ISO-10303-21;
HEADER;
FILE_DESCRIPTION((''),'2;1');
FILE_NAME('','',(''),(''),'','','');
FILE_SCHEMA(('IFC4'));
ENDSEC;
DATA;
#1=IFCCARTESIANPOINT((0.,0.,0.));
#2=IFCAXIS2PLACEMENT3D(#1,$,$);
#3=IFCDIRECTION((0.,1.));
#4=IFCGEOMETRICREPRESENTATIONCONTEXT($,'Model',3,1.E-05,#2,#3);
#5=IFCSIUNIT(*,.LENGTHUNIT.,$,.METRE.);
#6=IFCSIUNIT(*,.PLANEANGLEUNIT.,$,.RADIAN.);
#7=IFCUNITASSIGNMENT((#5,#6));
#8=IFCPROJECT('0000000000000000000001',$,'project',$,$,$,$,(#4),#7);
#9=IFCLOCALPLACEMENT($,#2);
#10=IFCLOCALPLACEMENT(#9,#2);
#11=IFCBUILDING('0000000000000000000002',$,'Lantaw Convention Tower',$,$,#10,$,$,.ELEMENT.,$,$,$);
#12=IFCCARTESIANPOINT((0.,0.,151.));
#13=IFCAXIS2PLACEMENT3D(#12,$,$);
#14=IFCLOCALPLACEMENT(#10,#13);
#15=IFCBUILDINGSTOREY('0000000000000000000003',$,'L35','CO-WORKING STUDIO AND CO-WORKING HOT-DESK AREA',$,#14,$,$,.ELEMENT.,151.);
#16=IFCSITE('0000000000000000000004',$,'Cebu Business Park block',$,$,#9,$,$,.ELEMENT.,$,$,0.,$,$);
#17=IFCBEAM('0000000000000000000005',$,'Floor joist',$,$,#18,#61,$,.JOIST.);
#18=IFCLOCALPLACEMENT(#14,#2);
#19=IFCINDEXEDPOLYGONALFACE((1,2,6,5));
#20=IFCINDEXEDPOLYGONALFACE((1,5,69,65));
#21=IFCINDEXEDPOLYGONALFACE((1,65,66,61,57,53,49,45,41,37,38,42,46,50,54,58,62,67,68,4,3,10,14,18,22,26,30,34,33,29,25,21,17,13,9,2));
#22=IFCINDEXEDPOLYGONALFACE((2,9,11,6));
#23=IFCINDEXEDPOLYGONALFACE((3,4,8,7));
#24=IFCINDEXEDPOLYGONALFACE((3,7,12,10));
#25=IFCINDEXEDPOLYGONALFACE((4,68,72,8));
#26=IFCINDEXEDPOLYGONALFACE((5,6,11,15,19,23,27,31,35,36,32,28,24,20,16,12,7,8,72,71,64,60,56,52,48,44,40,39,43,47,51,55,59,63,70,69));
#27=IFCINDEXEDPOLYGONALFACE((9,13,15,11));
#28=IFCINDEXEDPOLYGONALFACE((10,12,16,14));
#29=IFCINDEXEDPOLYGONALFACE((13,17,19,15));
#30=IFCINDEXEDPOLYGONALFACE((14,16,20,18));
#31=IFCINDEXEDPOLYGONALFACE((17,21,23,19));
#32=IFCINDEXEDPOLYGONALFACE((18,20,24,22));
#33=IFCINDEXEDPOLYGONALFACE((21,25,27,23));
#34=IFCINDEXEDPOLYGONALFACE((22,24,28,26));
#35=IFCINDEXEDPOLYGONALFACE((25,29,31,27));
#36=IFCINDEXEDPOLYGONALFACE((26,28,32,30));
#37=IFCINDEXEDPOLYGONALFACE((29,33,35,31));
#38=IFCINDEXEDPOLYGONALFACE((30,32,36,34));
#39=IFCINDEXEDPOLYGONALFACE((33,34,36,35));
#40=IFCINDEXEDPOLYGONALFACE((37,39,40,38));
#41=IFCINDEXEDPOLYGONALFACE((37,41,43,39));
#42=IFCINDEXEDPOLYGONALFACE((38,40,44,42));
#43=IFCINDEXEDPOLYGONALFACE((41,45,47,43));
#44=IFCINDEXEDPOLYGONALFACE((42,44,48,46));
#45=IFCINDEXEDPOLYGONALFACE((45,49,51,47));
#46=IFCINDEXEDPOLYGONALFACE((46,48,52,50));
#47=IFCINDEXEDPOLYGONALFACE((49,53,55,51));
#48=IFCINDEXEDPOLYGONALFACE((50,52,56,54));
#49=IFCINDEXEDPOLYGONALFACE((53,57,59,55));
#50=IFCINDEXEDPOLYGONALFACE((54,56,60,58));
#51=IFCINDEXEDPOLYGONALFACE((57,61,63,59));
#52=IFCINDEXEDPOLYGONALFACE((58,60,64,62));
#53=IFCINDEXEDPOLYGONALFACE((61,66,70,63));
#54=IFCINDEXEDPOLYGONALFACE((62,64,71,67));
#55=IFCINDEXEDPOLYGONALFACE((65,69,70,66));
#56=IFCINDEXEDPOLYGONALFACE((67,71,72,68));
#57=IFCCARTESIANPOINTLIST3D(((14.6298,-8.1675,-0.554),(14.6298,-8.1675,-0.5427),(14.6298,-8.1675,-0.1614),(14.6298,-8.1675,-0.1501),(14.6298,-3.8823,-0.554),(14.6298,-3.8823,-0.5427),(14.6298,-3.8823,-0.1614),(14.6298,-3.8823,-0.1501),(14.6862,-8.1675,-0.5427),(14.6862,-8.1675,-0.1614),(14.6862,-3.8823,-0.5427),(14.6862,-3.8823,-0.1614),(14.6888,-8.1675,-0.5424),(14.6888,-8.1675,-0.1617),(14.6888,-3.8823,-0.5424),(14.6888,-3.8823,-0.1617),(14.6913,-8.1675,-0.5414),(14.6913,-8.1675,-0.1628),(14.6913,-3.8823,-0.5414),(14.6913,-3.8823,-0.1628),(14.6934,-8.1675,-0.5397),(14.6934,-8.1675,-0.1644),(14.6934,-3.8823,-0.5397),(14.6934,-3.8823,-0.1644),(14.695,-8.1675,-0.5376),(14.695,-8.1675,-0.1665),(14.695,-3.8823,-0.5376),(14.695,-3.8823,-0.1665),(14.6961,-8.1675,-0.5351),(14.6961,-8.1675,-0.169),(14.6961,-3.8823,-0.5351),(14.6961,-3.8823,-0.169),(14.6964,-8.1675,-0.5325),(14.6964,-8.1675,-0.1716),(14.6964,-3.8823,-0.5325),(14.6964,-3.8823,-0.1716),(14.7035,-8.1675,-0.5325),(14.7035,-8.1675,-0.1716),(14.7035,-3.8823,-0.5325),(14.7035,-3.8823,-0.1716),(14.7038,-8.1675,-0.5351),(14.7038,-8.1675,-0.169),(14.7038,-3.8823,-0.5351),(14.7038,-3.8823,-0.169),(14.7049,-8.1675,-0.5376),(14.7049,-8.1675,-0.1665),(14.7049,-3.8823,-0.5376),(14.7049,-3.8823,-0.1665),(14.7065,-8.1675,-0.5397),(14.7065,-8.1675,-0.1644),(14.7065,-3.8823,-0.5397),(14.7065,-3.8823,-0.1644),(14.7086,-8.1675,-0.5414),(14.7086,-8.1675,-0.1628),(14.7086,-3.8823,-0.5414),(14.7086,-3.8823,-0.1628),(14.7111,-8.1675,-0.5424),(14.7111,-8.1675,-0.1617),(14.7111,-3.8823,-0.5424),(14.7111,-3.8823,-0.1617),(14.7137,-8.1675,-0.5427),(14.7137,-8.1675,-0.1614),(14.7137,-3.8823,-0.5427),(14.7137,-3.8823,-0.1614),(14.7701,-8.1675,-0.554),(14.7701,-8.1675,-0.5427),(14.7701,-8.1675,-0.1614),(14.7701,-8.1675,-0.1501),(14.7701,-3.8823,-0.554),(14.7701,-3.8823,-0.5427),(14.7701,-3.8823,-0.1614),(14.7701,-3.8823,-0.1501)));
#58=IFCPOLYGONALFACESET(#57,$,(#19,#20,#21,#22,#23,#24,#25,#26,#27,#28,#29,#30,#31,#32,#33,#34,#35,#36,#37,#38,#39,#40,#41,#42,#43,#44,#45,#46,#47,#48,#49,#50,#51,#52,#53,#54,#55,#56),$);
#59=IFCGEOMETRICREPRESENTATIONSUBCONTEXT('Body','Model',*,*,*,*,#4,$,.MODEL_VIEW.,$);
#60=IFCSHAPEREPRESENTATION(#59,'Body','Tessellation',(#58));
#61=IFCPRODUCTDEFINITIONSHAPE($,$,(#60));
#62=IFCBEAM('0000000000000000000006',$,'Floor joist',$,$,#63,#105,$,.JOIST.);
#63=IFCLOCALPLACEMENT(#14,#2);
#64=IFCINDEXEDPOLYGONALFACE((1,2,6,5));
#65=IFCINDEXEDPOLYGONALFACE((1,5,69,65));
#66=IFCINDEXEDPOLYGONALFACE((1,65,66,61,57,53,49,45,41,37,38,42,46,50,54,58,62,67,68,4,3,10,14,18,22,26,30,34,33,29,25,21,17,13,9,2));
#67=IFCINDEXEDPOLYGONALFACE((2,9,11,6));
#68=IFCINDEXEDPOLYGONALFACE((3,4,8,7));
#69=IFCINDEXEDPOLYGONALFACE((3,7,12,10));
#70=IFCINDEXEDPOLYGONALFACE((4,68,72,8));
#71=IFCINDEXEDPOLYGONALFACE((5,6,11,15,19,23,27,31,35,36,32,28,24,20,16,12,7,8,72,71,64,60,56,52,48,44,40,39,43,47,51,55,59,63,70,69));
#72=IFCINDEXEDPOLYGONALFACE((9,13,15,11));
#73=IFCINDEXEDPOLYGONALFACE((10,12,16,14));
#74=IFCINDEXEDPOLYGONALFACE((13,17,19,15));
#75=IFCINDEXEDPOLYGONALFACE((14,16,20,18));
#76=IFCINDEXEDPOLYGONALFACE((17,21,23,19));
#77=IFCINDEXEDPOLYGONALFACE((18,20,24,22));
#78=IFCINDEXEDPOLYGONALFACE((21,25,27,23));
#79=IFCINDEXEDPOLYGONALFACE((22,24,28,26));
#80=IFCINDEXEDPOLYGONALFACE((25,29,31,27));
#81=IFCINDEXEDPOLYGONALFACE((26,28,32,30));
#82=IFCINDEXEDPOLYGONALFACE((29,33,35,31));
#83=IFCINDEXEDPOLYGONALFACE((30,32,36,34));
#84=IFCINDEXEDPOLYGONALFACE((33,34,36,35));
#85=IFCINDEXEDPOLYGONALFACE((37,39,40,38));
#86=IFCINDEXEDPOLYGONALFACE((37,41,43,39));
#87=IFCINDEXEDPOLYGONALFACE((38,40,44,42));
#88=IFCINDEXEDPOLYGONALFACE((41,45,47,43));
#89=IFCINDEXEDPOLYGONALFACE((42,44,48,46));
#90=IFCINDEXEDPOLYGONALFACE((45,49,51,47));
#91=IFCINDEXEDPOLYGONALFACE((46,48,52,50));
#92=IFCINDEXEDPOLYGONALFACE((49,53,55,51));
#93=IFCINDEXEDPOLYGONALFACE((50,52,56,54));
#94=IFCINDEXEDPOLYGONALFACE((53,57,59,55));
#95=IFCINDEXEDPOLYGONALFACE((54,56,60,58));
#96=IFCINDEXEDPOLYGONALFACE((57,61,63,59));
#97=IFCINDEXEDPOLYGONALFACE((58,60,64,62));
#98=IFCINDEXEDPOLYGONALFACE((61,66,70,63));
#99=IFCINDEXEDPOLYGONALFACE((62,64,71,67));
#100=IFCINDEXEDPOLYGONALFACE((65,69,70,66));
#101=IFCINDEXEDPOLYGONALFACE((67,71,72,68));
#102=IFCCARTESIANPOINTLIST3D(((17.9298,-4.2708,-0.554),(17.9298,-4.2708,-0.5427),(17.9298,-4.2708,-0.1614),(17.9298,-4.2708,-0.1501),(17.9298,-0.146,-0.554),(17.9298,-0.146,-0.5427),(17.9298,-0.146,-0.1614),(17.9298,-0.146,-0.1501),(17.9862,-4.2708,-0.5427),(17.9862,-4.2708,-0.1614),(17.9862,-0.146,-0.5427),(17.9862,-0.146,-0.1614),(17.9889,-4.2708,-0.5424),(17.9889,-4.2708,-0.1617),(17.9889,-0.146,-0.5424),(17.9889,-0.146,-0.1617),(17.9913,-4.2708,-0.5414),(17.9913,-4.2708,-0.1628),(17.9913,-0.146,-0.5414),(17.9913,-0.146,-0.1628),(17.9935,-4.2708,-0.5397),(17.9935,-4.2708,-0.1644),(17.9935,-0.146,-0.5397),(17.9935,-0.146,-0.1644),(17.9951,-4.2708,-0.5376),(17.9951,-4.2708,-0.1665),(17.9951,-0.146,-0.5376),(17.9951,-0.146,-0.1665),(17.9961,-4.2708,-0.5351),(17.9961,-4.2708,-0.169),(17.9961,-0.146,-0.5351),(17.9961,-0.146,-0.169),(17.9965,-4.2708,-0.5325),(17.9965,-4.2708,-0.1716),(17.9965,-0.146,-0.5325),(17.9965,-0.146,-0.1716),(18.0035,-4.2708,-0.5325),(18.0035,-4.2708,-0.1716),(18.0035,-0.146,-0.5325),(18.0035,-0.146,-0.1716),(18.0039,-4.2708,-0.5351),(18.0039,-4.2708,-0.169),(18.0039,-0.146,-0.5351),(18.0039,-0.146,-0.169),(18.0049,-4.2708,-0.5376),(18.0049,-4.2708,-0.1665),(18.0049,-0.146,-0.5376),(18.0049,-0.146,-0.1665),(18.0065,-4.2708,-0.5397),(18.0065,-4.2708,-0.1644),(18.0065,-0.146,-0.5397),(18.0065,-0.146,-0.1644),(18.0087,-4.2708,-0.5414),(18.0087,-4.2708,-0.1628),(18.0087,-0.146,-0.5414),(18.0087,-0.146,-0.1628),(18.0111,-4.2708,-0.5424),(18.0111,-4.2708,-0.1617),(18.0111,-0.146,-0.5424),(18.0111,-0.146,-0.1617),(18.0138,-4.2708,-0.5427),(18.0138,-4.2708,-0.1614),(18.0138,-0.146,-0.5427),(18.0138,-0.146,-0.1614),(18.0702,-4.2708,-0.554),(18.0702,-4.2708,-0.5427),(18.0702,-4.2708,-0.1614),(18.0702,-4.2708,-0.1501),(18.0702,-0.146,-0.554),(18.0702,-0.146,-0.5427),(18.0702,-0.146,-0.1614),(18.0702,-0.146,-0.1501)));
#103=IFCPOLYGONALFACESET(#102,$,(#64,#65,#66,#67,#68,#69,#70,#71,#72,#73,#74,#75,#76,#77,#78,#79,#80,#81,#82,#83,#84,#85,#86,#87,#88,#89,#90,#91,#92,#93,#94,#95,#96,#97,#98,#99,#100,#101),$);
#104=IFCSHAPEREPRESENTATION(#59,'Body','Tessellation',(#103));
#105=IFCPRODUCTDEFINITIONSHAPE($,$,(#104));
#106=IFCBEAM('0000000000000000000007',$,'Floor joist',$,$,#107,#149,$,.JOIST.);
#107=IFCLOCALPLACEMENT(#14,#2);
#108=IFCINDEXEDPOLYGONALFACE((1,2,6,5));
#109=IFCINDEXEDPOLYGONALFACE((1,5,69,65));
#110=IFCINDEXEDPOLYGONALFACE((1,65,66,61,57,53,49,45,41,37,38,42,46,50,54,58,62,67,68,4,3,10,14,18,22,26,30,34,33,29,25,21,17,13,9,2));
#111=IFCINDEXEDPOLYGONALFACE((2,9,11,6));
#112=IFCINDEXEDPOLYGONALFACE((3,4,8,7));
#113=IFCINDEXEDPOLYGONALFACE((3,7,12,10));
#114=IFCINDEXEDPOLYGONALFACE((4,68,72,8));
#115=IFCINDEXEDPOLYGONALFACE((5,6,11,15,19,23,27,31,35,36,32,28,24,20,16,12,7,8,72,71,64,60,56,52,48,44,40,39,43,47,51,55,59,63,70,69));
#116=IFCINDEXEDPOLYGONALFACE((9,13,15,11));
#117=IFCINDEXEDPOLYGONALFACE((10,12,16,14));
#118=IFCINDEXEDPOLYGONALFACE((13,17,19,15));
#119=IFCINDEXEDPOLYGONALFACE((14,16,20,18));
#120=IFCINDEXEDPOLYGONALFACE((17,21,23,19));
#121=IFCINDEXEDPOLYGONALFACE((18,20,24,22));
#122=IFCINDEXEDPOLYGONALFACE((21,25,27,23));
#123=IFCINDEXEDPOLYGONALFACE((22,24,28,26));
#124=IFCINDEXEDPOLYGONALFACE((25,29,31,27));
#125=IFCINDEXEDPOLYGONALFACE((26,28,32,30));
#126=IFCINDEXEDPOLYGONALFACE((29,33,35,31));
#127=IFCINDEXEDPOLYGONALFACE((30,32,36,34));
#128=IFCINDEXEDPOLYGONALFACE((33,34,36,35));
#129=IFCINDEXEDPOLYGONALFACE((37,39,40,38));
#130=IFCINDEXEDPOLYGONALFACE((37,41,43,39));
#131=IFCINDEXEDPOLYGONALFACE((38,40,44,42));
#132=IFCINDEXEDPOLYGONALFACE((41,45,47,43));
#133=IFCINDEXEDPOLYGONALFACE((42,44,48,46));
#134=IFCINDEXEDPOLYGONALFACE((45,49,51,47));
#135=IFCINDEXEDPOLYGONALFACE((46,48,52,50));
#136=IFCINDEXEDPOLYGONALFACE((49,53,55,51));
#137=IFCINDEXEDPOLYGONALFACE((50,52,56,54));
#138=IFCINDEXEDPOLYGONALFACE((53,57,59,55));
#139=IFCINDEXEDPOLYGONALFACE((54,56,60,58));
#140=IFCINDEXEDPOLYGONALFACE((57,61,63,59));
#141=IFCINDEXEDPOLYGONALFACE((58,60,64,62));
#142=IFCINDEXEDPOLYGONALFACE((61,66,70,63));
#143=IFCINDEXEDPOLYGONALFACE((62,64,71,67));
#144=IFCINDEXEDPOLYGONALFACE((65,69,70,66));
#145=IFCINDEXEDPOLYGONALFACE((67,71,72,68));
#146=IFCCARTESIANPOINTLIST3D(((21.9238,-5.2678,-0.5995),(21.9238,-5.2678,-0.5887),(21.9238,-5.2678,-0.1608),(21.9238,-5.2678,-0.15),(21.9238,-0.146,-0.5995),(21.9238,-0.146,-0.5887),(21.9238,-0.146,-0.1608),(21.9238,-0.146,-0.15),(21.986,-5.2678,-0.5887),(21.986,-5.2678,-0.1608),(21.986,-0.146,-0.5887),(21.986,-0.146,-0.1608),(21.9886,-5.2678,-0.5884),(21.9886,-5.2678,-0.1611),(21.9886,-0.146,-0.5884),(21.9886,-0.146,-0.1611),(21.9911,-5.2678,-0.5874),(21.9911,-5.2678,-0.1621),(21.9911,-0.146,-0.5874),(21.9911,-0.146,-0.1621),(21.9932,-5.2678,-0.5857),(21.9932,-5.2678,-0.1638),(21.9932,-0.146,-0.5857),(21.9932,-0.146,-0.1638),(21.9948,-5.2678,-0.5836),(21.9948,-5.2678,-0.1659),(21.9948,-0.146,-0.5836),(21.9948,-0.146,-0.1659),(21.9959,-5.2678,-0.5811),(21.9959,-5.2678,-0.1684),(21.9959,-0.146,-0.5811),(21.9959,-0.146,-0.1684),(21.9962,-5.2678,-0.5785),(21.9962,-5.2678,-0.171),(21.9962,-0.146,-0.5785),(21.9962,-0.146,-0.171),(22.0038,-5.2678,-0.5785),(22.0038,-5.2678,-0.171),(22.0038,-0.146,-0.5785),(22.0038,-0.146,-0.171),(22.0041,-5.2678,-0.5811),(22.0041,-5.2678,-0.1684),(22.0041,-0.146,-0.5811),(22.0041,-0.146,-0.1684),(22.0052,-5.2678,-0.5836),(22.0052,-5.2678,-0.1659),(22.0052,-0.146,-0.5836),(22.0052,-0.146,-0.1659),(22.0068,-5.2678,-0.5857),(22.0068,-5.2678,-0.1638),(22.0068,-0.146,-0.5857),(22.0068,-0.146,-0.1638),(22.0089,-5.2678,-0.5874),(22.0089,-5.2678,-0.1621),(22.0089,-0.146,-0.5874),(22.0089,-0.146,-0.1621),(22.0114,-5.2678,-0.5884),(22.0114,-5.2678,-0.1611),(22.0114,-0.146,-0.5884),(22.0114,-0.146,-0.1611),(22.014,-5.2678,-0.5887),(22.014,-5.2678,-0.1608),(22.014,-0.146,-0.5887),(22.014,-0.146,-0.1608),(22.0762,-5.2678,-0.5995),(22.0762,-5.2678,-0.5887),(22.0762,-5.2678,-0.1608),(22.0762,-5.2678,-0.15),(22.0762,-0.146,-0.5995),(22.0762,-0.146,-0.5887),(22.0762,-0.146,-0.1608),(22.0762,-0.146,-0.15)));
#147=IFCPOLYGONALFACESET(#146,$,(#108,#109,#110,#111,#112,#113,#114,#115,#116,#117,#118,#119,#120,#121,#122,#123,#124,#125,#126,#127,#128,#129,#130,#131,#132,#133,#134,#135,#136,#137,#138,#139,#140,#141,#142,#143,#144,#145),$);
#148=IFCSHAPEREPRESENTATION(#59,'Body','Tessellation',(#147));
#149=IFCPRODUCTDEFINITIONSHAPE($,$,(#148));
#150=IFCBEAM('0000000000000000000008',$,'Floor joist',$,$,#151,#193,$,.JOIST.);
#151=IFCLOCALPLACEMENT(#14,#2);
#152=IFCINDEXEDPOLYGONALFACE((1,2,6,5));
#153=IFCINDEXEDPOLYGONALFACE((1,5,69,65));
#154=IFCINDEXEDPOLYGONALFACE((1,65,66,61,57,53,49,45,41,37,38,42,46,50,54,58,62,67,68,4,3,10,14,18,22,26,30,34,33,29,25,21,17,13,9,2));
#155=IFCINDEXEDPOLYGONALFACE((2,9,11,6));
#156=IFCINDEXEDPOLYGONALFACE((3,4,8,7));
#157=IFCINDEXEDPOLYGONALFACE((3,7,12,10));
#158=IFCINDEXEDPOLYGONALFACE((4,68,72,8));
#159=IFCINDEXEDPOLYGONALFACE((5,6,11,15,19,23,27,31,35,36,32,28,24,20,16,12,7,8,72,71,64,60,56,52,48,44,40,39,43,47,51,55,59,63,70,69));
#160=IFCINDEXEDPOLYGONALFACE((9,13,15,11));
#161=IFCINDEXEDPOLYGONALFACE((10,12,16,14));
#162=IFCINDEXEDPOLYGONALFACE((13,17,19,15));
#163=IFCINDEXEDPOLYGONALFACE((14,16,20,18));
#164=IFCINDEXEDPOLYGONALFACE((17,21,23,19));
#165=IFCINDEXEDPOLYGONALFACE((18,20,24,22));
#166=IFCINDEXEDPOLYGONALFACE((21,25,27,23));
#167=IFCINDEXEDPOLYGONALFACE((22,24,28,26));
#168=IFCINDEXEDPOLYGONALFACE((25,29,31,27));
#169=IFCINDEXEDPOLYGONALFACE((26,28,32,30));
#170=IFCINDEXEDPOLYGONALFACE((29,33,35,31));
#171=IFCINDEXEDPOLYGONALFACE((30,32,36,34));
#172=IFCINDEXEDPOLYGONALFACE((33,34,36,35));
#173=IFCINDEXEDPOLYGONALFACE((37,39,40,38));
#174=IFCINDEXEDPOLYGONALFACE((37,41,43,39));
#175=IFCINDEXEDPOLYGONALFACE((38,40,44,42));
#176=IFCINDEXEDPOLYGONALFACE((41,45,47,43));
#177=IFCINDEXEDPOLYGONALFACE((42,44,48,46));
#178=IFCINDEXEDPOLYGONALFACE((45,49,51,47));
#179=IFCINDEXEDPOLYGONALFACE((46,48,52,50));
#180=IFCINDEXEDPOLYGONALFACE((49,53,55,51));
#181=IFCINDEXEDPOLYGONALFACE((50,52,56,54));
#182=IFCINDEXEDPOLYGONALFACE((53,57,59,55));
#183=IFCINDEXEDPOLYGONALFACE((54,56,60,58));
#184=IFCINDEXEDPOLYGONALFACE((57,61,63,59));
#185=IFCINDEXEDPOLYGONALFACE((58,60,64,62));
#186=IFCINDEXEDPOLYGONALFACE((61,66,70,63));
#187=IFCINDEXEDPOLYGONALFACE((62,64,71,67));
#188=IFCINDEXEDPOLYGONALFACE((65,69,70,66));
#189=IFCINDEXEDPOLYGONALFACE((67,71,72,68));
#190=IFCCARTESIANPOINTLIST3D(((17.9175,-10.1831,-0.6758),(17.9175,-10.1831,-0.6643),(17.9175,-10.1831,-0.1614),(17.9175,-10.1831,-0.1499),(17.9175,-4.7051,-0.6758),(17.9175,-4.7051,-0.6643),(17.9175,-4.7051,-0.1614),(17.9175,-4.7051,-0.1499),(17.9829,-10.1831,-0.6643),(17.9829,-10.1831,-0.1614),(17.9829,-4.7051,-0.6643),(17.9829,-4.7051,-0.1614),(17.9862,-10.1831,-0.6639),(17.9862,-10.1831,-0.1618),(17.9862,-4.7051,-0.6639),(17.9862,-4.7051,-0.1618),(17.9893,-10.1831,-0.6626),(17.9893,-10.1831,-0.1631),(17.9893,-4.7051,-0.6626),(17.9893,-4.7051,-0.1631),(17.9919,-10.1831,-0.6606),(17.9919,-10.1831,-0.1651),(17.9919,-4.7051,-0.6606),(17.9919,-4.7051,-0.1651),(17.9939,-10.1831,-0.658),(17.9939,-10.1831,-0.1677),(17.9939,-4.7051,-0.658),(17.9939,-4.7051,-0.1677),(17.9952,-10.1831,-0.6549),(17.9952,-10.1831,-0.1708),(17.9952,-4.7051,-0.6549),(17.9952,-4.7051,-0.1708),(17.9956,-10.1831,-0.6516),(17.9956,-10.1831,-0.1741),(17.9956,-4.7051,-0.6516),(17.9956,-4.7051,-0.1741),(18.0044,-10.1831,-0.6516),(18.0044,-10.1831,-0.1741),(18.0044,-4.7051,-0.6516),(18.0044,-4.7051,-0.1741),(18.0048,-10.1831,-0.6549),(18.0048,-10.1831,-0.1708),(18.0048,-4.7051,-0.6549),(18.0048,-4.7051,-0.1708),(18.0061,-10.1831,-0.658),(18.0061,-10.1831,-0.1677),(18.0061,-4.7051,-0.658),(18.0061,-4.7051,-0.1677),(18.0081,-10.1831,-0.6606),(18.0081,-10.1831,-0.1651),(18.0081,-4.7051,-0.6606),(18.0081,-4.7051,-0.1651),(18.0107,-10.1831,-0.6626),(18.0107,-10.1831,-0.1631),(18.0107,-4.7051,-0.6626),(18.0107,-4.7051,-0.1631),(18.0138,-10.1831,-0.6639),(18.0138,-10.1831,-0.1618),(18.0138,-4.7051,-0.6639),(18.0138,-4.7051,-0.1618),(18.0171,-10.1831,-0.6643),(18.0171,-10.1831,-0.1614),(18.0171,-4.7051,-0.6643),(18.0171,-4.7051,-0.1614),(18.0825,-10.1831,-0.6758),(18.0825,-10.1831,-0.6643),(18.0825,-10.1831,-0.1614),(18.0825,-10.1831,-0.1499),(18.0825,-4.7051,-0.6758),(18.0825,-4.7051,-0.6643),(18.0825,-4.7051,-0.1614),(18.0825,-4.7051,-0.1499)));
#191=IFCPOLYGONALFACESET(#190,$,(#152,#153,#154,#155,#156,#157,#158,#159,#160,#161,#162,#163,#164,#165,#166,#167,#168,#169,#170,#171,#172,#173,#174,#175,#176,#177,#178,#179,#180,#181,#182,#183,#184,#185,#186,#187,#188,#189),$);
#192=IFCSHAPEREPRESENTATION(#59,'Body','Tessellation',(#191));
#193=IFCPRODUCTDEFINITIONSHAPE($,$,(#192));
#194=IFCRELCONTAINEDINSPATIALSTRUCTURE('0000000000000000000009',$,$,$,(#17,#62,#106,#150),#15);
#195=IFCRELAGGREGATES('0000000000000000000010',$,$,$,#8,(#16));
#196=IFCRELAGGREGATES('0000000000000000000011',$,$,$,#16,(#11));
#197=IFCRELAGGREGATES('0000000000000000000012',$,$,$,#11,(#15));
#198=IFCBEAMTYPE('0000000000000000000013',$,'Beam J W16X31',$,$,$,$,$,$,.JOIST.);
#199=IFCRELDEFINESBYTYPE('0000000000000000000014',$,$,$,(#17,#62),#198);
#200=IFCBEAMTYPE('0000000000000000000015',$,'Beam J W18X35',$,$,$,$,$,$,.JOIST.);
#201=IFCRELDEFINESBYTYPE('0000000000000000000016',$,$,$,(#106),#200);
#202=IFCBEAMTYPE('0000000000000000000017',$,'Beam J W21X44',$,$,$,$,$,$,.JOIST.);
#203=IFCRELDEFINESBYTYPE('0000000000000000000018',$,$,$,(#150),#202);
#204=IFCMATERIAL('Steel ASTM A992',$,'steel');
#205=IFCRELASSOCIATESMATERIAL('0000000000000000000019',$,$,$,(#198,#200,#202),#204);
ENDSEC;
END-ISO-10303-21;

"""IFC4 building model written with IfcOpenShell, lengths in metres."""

from ifc_helpers import new_model, si_unit, direction, frame, origin, origin_2d, place, context, subcontext, project, spatial, i_section, extrude, material, material_profile, profile_set, type_object, element, save


model = new_model("IFC4")

# Units and contexts
model_context = context("Model", 3, precision=1e-05, world=origin(), true_north=direction((0.0, 1.0)))
body_context = subcontext(model_context, "Body", "Model", "MODEL_VIEW")
ifc_project = project(units=[si_unit("LENGTHUNIT", "METRE"), si_unit("PLANEANGLEUNIT", "RADIAN")], contexts=[model_context])

# Site, building, storey
site_placement = place(None, origin())
site = spatial("IfcSite", under=ifc_project, at=site_placement, Name="Cebu Business Park block", CompositionType="ELEMENT", RefElevation=0.0)
building_placement = place(site_placement, origin())
building = spatial("IfcBuilding", under=site, at=building_placement, Name="Lantaw Convention Tower", CompositionType="ELEMENT")
storey_placement = place(building_placement, frame((0.0, 0.0, 151.0)))
storey = spatial("IfcBuildingStorey", under=building, at=storey_placement, Name="L35", Description="CO-WORKING STUDIO AND CO-WORKING HOT-DESK AREA", CompositionType="ELEMENT", Elevation=151.0)

# Beams
ifc_material_1 = material(Name="Steel ASTM A992", Category="steel")
ifc_material_profile_1 = material_profile(ifc_material_1, i_section(OverallWidth=0.1404, OverallDepth=0.4038, WebThickness=0.0071, FlangeThickness=0.0112, FilletRadius=0.0103, at=origin_2d()), Name="W16X31")
ifc_profile_set_1 = profile_set([ifc_material_profile_1], Name="Steel ASTM A992")
beam_type_1 = type_object("IfcBeamType", Name="Beam J W16X31", PredefinedType="JOIST", material=ifc_profile_set_1)
beam_1_placement = place(storey_placement, frame((14.7, -8.1675, -0.3521), z_axis=(0.0, 1.0, 0.0), x_axis=(-1.0, 0.0, 0.0)))
element("IfcBeam", 1, at=beam_1_placement, inside=storey, type_object=beam_type_1, Name="Floor joist", PredefinedType="JOIST", context=body_context, shape_type="SweptSolid", body=[
    extrude(i_section(OverallWidth=0.1404, OverallDepth=0.4038, WebThickness=0.0071, FlangeThickness=0.0112, FilletRadius=0.0103, at=origin_2d()), origin(), (0.0, 0.0, 1.0), 4.2852),
])
beam_2_placement = place(storey_placement, frame((18.0, -4.2708, -0.3521), z_axis=(0.0, 1.0, 0.0), x_axis=(-1.0, 0.0, 0.0)))
element("IfcBeam", 2, at=beam_2_placement, inside=storey, type_object=beam_type_1, Name="Floor joist", PredefinedType="JOIST", context=body_context, shape_type="SweptSolid", body=[
    extrude(i_section(OverallWidth=0.1404, OverallDepth=0.4038, WebThickness=0.0071, FlangeThickness=0.0112, FilletRadius=0.0103, at=origin_2d()), origin(), (0.0, 0.0, 1.0), 4.1248),
])
ifc_material_profile_2 = material_profile(ifc_material_1, i_section(OverallWidth=0.1523, OverallDepth=0.4495, WebThickness=0.0076, FlangeThickness=0.0107, FilletRadius=0.0103, at=origin_2d()), Name="W18X35")
ifc_profile_set_2 = profile_set([ifc_material_profile_2], Name="Steel ASTM A992")
beam_type_2 = type_object("IfcBeamType", Name="Beam J W18X35", PredefinedType="JOIST", material=ifc_profile_set_2)
beam_3_placement = place(storey_placement, frame((22.0, -5.2678, -0.3748), z_axis=(0.0, 1.0, 0.0), x_axis=(-1.0, 0.0, 0.0)))
element("IfcBeam", 3, at=beam_3_placement, inside=storey, type_object=beam_type_2, Name="Floor joist", PredefinedType="JOIST", context=body_context, shape_type="SweptSolid", body=[
    extrude(i_section(OverallWidth=0.1523, OverallDepth=0.4495, WebThickness=0.0076, FlangeThickness=0.0107, FilletRadius=0.0103, at=origin_2d()), origin(), (0.0, 0.0, 1.0), 5.1218),
])
ifc_material_profile_3 = material_profile(ifc_material_1, i_section(OverallWidth=0.165, OverallDepth=0.5259, WebThickness=0.0088, FlangeThickness=0.0115, FilletRadius=0.0127, at=origin_2d()), Name="W21X44")
ifc_profile_set_3 = profile_set([ifc_material_profile_3], Name="Steel ASTM A992")
beam_type_3 = type_object("IfcBeamType", Name="Beam J W21X44", PredefinedType="JOIST", material=ifc_profile_set_3)
beam_4_placement = place(storey_placement, frame((18.0, -10.1831, -0.4128), z_axis=(0.0, 1.0, 0.0), x_axis=(-1.0, 0.0, 0.0)))
element("IfcBeam", 4, at=beam_4_placement, inside=storey, type_object=beam_type_3, Name="Floor joist", PredefinedType="JOIST", context=body_context, shape_type="SweptSolid", body=[
    extrude(i_section(OverallWidth=0.165, OverallDepth=0.5259, WebThickness=0.0088, FlangeThickness=0.0115, FilletRadius=0.0127, at=origin_2d()), origin(), (0.0, 0.0, 1.0), 5.478),
])

save(model, "model.ifc")
